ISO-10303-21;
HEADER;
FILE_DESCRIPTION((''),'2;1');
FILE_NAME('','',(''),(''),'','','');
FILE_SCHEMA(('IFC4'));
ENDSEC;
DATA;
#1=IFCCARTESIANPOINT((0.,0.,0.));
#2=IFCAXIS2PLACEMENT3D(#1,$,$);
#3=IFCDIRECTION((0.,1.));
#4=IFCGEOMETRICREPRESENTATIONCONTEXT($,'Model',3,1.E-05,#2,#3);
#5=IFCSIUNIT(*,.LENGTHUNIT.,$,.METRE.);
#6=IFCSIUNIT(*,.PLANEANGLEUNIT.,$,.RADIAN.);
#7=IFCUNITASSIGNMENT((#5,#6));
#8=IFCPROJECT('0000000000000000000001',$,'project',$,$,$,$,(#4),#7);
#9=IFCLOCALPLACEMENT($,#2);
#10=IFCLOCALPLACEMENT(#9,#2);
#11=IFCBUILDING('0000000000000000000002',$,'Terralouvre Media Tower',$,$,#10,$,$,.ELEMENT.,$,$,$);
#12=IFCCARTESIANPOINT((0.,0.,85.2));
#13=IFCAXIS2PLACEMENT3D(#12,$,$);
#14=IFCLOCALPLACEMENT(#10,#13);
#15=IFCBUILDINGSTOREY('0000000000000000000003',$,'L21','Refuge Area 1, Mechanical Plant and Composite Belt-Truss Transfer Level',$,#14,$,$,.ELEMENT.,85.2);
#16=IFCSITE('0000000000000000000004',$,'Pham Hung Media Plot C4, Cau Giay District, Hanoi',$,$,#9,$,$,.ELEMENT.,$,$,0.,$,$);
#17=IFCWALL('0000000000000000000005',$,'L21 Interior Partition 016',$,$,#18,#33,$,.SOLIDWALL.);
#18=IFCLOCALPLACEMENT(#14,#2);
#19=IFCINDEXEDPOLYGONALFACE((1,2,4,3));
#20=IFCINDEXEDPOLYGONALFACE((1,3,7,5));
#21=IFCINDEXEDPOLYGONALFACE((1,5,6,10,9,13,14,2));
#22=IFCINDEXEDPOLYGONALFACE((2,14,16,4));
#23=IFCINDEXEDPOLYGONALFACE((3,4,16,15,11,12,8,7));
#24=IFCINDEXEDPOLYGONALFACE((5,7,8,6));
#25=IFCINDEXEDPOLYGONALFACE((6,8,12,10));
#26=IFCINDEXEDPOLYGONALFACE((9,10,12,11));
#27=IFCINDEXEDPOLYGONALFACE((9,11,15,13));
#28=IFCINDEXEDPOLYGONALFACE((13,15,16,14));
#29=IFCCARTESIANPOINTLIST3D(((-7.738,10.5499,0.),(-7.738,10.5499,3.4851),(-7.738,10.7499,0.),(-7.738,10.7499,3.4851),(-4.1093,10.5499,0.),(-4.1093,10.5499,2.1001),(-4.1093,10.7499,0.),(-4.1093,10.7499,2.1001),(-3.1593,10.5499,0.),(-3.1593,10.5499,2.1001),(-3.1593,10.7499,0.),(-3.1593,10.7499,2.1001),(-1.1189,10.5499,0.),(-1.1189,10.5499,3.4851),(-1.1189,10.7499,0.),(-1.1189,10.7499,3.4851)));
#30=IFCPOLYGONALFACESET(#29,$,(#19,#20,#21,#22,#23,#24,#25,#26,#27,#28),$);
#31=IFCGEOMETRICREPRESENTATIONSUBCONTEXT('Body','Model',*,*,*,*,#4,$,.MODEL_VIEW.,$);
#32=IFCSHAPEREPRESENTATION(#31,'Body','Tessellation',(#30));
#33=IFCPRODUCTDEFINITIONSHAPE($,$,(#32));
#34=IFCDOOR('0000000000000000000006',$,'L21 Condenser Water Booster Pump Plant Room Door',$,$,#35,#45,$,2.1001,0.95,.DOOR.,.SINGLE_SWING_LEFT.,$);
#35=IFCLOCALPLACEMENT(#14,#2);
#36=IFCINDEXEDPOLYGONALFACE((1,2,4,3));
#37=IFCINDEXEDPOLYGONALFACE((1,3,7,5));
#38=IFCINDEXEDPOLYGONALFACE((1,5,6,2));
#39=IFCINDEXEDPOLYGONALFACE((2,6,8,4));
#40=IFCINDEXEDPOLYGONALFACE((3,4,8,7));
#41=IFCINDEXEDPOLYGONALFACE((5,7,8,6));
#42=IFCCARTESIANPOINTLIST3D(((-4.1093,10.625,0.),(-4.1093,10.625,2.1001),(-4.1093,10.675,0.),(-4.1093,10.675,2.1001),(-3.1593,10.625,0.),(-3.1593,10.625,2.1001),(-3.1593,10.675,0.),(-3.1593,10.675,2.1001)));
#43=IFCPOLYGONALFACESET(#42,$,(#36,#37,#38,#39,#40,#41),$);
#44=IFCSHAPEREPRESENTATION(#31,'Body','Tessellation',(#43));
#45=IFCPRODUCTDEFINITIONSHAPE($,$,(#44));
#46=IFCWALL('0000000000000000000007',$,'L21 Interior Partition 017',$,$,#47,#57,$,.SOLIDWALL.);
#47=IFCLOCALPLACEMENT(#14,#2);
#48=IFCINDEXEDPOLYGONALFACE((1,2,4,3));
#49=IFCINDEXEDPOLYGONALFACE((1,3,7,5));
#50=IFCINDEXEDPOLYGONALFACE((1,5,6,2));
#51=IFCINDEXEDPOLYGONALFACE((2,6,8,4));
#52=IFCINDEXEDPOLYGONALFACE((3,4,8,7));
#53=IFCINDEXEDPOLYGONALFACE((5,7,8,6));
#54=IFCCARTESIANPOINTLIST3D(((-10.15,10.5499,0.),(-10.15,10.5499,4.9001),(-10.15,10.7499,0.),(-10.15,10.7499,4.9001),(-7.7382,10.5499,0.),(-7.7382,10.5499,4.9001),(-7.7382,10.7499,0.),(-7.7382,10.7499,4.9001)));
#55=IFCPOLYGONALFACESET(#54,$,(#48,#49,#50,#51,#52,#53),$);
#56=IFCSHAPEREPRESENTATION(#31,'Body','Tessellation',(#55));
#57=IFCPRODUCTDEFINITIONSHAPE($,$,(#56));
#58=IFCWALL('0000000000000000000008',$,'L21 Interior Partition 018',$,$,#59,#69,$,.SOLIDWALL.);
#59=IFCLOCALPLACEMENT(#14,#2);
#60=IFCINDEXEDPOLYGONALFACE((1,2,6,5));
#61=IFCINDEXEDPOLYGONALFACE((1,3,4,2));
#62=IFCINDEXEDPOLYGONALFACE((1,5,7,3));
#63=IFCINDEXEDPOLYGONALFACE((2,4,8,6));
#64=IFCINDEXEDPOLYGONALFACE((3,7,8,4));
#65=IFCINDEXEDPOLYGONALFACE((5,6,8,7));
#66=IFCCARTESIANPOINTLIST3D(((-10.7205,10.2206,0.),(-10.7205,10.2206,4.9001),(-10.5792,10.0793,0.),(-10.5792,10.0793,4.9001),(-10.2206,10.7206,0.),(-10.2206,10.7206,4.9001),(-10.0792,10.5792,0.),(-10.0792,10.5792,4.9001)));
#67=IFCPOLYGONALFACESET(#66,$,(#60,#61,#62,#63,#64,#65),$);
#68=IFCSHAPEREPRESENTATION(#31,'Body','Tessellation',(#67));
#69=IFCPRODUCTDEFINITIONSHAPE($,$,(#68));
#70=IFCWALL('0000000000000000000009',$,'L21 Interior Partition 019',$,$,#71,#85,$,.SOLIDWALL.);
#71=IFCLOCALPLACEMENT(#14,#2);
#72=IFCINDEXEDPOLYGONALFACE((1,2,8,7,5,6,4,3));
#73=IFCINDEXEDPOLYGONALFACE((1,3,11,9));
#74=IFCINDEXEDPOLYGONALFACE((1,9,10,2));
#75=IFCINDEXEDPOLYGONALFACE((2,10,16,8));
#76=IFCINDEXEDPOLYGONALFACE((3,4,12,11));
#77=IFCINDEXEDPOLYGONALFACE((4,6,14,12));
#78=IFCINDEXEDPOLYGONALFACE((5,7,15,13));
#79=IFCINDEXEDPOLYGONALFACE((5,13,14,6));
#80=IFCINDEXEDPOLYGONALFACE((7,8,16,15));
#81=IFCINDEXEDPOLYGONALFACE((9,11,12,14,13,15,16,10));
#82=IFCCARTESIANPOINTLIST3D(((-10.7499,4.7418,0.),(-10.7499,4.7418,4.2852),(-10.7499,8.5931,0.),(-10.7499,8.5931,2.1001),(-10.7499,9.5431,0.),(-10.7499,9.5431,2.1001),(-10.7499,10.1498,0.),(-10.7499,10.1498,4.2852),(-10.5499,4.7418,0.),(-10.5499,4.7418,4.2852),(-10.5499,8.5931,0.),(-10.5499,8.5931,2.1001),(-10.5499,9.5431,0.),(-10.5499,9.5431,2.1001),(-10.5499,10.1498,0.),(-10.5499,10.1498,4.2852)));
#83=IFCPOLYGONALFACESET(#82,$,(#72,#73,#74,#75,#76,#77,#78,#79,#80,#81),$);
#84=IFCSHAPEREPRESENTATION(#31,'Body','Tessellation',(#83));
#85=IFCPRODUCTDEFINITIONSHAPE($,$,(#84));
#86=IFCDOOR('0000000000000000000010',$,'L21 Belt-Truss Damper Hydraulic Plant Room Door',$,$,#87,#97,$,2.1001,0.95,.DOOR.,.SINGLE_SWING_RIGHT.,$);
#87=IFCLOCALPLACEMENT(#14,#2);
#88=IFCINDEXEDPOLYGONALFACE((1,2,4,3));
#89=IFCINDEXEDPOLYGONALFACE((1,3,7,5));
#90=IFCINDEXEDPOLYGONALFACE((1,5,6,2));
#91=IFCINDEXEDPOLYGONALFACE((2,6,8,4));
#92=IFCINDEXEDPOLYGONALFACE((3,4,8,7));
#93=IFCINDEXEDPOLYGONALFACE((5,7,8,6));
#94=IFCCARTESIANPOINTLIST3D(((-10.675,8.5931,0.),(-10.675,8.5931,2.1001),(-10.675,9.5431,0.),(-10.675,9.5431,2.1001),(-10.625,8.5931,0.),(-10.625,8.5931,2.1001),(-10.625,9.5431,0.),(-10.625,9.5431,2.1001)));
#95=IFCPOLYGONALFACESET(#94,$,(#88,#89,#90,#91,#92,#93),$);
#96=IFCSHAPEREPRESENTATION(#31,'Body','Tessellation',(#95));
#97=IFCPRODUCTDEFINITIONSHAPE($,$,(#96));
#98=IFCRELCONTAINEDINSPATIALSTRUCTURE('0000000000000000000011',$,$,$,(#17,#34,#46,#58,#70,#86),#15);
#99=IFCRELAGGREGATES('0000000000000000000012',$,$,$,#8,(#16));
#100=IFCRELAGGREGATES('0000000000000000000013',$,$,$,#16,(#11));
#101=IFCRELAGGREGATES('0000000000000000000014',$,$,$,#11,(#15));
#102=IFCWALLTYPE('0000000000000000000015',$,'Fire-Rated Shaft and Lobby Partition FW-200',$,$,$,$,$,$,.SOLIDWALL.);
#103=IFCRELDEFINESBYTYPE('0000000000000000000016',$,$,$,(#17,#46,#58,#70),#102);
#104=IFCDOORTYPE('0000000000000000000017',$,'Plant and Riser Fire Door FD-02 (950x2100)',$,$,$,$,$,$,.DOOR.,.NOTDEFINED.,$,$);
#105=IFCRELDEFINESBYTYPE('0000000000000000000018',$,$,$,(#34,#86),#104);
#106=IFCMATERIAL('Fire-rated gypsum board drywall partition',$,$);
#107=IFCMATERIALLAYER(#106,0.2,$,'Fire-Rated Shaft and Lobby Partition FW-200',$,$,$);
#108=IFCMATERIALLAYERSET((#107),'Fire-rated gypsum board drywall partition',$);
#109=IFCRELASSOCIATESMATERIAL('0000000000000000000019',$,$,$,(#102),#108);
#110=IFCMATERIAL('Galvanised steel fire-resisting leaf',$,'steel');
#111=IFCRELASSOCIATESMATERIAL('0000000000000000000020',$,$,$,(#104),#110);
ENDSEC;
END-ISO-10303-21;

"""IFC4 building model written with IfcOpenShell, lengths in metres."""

from ifc_helpers import new_model, si_unit, direction, frame, frame_2d, origin, place, context, subcontext, project, spatial, rectangle, extrude, material, layer, layer_set, type_object, element, fill, save


model = new_model("IFC4")

# Units and contexts
model_context = context("Model", 3, precision=1e-05, world=origin(), true_north=direction((0.0, 1.0)))
body_context = subcontext(model_context, "Body", "Model", "MODEL_VIEW")
ifc_project = project(units=[si_unit("LENGTHUNIT", "METRE"), si_unit("PLANEANGLEUNIT", "RADIAN")], contexts=[model_context])

# Site, building, storey
site_placement = place(None, origin())
site = spatial("IfcSite", under=ifc_project, at=site_placement, Name="Pham Hung Media Plot C4, Cau Giay District, Hanoi", CompositionType="ELEMENT", RefElevation=0.0)
building_placement = place(site_placement, origin())
building = spatial("IfcBuilding", under=site, at=building_placement, Name="Terralouvre Media Tower", CompositionType="ELEMENT")
storey_placement = place(building_placement, frame((0.0, 0.0, 85.2)))
storey = spatial("IfcBuildingStorey", under=building, at=storey_placement, Name="L21", Description="Refuge Area 1, Mechanical Plant and Composite Belt-Truss Transfer Level", CompositionType="ELEMENT", Elevation=85.2)

# Wall, opening, door
ifc_material_1 = material(Name="Fire-rated gypsum board drywall partition")
ifc_layer_1 = layer(ifc_material_1, 0.2, Name="Fire-Rated Shaft and Lobby Partition FW-200")
ifc_layer_set_1 = layer_set([ifc_layer_1], Name="Fire-rated gypsum board drywall partition")
wall_type = type_object("IfcWallType", Name="Fire-Rated Shaft and Lobby Partition FW-200", PredefinedType="SOLIDWALL", material=ifc_layer_set_1)
wall_1_placement = place(storey_placement, frame((-1.1189, 10.6499, 0.0), z_axis=(0.0, 0.0, 1.0), x_axis=(-1.0, 0.0, 0.0)))
wall_1 = element("IfcWall", 1, at=wall_1_placement, inside=storey, type_object=wall_type, Name="L21 Interior Partition 016", PredefinedType="SOLIDWALL", context=body_context, shape_type="SweptSolid", body=[
    extrude(rectangle(XDim=6.6191, YDim=0.2, at=frame_2d((3.3096, 0.0))), origin(), (0.0, 0.0, 1.0), 3.4851),
])
opening_1_placement = place(wall_1_placement, frame((2.0403, 0.0, 0.0)))
opening_1 = element("IfcOpeningElement", 2, at=opening_1_placement, cuts=wall_1, PredefinedType="OPENING", context=body_context, shape_type="SweptSolid", body=[
    extrude(rectangle(XDim=0.95, YDim=2.1001, at=frame_2d((0.4751, 1.05))), frame((0.0, 0.1099, 0.0), z_axis=(0.0, -1.0, 0.0), x_axis=(1.0, 0.0, 0.0)), (0.0, 0.0, 1.0), 0.22),
])
ifc_material_2 = material(Name="Galvanised steel fire-resisting leaf", Category="steel")
door_type = type_object("IfcDoorType", Name="Plant and Riser Fire Door FD-02 (950x2100)", OperationType="NOTDEFINED", PredefinedType="DOOR", material=ifc_material_2)
door_1_placement = place(opening_1_placement, origin())
door_1 = element("IfcDoor", 3, at=door_1_placement, inside=storey, type_object=door_type, Name="L21 Condenser Water Booster Pump Plant Room Door", OperationType="SINGLE_SWING_LEFT", OverallHeight=2.1001, OverallWidth=0.95, PredefinedType="DOOR", context=body_context, shape_type="SweptSolid", body=[
    extrude(rectangle(XDim=0.95, YDim=2.1001, at=frame_2d((0.4751, 1.05))), frame((0.0, 0.0249, 0.0), z_axis=(0.0, -1.0, 0.0), x_axis=(1.0, 0.0, 0.0)), (0.0, 0.0, 1.0), 0.05),
])
fill(opening_1, door_1)

# Walls
wall_2_placement = place(storey_placement, frame((-7.738, 10.6499, 0.0), z_axis=(0.0, 0.0, 1.0), x_axis=(-1.0, 0.0, 0.0)))
element("IfcWall", 4, at=wall_2_placement, inside=storey, type_object=wall_type, Name="L21 Interior Partition 017", PredefinedType="SOLIDWALL", context=body_context, shape_type="SweptSolid", body=[
    extrude(rectangle(XDim=2.4119, YDim=0.2, at=frame_2d((1.2061, 0.0))), origin(), (0.0, 0.0, 1.0), 4.9001),
])
wall_3_placement = place(storey_placement, frame((-10.1499, 10.6499, 0.0), z_axis=(0.0, 0.0, 1.0), x_axis=(-0.707107, -0.707107, 0.0)))
element("IfcWall", 5, at=wall_3_placement, inside=storey, type_object=wall_type, Name="L21 Interior Partition 018", PredefinedType="SOLIDWALL", context=body_context, shape_type="SweptSolid", body=[
    extrude(rectangle(XDim=0.707, YDim=0.2, at=frame_2d((0.3535, 0.0))), origin(), (0.0, 0.0, 1.0), 4.9001),
])

# Wall, opening, door
wall_4_placement = place(storey_placement, frame((-10.6499, 10.1499, 0.0), z_axis=(0.0, 0.0, 1.0), x_axis=(0.0, -1.0, 0.0)))
wall_4 = element("IfcWall", 6, at=wall_4_placement, inside=storey, type_object=wall_type, Name="L21 Interior Partition 019", PredefinedType="SOLIDWALL", context=body_context, shape_type="SweptSolid", body=[
    extrude(rectangle(XDim=5.408, YDim=0.2, at=frame_2d((2.7041, 0.0))), origin(), (0.0, 0.0, 1.0), 4.2852),
])
opening_2_placement = place(wall_4_placement, frame((0.6067, 0.0, 0.0)))
opening_2 = element("IfcOpeningElement", 7, at=opening_2_placement, cuts=wall_4, PredefinedType="OPENING", context=body_context, shape_type="SweptSolid", body=[
    extrude(rectangle(XDim=0.95, YDim=2.1001, at=frame_2d((0.4751, 1.05))), frame((0.0, 0.1099, 0.0), z_axis=(0.0, -1.0, 0.0), x_axis=(1.0, 0.0, 0.0)), (0.0, 0.0, 1.0), 0.22),
])
door_2_placement = place(opening_2_placement, origin())
door_2 = element("IfcDoor", 8, at=door_2_placement, inside=storey, type_object=door_type, Name="L21 Belt-Truss Damper Hydraulic Plant Room Door", OperationType="SINGLE_SWING_RIGHT", OverallHeight=2.1001, OverallWidth=0.95, PredefinedType="DOOR", context=body_context, shape_type="SweptSolid", body=[
    extrude(rectangle(XDim=0.95, YDim=2.1001, at=frame_2d((0.4751, 1.05))), frame((0.0, 0.0249, 0.0), z_axis=(0.0, -1.0, 0.0), x_axis=(1.0, 0.0, 0.0)), (0.0, 0.0, 1.0), 0.05),
])
fill(opening_2, door_2)

save(model, "model.ifc")
